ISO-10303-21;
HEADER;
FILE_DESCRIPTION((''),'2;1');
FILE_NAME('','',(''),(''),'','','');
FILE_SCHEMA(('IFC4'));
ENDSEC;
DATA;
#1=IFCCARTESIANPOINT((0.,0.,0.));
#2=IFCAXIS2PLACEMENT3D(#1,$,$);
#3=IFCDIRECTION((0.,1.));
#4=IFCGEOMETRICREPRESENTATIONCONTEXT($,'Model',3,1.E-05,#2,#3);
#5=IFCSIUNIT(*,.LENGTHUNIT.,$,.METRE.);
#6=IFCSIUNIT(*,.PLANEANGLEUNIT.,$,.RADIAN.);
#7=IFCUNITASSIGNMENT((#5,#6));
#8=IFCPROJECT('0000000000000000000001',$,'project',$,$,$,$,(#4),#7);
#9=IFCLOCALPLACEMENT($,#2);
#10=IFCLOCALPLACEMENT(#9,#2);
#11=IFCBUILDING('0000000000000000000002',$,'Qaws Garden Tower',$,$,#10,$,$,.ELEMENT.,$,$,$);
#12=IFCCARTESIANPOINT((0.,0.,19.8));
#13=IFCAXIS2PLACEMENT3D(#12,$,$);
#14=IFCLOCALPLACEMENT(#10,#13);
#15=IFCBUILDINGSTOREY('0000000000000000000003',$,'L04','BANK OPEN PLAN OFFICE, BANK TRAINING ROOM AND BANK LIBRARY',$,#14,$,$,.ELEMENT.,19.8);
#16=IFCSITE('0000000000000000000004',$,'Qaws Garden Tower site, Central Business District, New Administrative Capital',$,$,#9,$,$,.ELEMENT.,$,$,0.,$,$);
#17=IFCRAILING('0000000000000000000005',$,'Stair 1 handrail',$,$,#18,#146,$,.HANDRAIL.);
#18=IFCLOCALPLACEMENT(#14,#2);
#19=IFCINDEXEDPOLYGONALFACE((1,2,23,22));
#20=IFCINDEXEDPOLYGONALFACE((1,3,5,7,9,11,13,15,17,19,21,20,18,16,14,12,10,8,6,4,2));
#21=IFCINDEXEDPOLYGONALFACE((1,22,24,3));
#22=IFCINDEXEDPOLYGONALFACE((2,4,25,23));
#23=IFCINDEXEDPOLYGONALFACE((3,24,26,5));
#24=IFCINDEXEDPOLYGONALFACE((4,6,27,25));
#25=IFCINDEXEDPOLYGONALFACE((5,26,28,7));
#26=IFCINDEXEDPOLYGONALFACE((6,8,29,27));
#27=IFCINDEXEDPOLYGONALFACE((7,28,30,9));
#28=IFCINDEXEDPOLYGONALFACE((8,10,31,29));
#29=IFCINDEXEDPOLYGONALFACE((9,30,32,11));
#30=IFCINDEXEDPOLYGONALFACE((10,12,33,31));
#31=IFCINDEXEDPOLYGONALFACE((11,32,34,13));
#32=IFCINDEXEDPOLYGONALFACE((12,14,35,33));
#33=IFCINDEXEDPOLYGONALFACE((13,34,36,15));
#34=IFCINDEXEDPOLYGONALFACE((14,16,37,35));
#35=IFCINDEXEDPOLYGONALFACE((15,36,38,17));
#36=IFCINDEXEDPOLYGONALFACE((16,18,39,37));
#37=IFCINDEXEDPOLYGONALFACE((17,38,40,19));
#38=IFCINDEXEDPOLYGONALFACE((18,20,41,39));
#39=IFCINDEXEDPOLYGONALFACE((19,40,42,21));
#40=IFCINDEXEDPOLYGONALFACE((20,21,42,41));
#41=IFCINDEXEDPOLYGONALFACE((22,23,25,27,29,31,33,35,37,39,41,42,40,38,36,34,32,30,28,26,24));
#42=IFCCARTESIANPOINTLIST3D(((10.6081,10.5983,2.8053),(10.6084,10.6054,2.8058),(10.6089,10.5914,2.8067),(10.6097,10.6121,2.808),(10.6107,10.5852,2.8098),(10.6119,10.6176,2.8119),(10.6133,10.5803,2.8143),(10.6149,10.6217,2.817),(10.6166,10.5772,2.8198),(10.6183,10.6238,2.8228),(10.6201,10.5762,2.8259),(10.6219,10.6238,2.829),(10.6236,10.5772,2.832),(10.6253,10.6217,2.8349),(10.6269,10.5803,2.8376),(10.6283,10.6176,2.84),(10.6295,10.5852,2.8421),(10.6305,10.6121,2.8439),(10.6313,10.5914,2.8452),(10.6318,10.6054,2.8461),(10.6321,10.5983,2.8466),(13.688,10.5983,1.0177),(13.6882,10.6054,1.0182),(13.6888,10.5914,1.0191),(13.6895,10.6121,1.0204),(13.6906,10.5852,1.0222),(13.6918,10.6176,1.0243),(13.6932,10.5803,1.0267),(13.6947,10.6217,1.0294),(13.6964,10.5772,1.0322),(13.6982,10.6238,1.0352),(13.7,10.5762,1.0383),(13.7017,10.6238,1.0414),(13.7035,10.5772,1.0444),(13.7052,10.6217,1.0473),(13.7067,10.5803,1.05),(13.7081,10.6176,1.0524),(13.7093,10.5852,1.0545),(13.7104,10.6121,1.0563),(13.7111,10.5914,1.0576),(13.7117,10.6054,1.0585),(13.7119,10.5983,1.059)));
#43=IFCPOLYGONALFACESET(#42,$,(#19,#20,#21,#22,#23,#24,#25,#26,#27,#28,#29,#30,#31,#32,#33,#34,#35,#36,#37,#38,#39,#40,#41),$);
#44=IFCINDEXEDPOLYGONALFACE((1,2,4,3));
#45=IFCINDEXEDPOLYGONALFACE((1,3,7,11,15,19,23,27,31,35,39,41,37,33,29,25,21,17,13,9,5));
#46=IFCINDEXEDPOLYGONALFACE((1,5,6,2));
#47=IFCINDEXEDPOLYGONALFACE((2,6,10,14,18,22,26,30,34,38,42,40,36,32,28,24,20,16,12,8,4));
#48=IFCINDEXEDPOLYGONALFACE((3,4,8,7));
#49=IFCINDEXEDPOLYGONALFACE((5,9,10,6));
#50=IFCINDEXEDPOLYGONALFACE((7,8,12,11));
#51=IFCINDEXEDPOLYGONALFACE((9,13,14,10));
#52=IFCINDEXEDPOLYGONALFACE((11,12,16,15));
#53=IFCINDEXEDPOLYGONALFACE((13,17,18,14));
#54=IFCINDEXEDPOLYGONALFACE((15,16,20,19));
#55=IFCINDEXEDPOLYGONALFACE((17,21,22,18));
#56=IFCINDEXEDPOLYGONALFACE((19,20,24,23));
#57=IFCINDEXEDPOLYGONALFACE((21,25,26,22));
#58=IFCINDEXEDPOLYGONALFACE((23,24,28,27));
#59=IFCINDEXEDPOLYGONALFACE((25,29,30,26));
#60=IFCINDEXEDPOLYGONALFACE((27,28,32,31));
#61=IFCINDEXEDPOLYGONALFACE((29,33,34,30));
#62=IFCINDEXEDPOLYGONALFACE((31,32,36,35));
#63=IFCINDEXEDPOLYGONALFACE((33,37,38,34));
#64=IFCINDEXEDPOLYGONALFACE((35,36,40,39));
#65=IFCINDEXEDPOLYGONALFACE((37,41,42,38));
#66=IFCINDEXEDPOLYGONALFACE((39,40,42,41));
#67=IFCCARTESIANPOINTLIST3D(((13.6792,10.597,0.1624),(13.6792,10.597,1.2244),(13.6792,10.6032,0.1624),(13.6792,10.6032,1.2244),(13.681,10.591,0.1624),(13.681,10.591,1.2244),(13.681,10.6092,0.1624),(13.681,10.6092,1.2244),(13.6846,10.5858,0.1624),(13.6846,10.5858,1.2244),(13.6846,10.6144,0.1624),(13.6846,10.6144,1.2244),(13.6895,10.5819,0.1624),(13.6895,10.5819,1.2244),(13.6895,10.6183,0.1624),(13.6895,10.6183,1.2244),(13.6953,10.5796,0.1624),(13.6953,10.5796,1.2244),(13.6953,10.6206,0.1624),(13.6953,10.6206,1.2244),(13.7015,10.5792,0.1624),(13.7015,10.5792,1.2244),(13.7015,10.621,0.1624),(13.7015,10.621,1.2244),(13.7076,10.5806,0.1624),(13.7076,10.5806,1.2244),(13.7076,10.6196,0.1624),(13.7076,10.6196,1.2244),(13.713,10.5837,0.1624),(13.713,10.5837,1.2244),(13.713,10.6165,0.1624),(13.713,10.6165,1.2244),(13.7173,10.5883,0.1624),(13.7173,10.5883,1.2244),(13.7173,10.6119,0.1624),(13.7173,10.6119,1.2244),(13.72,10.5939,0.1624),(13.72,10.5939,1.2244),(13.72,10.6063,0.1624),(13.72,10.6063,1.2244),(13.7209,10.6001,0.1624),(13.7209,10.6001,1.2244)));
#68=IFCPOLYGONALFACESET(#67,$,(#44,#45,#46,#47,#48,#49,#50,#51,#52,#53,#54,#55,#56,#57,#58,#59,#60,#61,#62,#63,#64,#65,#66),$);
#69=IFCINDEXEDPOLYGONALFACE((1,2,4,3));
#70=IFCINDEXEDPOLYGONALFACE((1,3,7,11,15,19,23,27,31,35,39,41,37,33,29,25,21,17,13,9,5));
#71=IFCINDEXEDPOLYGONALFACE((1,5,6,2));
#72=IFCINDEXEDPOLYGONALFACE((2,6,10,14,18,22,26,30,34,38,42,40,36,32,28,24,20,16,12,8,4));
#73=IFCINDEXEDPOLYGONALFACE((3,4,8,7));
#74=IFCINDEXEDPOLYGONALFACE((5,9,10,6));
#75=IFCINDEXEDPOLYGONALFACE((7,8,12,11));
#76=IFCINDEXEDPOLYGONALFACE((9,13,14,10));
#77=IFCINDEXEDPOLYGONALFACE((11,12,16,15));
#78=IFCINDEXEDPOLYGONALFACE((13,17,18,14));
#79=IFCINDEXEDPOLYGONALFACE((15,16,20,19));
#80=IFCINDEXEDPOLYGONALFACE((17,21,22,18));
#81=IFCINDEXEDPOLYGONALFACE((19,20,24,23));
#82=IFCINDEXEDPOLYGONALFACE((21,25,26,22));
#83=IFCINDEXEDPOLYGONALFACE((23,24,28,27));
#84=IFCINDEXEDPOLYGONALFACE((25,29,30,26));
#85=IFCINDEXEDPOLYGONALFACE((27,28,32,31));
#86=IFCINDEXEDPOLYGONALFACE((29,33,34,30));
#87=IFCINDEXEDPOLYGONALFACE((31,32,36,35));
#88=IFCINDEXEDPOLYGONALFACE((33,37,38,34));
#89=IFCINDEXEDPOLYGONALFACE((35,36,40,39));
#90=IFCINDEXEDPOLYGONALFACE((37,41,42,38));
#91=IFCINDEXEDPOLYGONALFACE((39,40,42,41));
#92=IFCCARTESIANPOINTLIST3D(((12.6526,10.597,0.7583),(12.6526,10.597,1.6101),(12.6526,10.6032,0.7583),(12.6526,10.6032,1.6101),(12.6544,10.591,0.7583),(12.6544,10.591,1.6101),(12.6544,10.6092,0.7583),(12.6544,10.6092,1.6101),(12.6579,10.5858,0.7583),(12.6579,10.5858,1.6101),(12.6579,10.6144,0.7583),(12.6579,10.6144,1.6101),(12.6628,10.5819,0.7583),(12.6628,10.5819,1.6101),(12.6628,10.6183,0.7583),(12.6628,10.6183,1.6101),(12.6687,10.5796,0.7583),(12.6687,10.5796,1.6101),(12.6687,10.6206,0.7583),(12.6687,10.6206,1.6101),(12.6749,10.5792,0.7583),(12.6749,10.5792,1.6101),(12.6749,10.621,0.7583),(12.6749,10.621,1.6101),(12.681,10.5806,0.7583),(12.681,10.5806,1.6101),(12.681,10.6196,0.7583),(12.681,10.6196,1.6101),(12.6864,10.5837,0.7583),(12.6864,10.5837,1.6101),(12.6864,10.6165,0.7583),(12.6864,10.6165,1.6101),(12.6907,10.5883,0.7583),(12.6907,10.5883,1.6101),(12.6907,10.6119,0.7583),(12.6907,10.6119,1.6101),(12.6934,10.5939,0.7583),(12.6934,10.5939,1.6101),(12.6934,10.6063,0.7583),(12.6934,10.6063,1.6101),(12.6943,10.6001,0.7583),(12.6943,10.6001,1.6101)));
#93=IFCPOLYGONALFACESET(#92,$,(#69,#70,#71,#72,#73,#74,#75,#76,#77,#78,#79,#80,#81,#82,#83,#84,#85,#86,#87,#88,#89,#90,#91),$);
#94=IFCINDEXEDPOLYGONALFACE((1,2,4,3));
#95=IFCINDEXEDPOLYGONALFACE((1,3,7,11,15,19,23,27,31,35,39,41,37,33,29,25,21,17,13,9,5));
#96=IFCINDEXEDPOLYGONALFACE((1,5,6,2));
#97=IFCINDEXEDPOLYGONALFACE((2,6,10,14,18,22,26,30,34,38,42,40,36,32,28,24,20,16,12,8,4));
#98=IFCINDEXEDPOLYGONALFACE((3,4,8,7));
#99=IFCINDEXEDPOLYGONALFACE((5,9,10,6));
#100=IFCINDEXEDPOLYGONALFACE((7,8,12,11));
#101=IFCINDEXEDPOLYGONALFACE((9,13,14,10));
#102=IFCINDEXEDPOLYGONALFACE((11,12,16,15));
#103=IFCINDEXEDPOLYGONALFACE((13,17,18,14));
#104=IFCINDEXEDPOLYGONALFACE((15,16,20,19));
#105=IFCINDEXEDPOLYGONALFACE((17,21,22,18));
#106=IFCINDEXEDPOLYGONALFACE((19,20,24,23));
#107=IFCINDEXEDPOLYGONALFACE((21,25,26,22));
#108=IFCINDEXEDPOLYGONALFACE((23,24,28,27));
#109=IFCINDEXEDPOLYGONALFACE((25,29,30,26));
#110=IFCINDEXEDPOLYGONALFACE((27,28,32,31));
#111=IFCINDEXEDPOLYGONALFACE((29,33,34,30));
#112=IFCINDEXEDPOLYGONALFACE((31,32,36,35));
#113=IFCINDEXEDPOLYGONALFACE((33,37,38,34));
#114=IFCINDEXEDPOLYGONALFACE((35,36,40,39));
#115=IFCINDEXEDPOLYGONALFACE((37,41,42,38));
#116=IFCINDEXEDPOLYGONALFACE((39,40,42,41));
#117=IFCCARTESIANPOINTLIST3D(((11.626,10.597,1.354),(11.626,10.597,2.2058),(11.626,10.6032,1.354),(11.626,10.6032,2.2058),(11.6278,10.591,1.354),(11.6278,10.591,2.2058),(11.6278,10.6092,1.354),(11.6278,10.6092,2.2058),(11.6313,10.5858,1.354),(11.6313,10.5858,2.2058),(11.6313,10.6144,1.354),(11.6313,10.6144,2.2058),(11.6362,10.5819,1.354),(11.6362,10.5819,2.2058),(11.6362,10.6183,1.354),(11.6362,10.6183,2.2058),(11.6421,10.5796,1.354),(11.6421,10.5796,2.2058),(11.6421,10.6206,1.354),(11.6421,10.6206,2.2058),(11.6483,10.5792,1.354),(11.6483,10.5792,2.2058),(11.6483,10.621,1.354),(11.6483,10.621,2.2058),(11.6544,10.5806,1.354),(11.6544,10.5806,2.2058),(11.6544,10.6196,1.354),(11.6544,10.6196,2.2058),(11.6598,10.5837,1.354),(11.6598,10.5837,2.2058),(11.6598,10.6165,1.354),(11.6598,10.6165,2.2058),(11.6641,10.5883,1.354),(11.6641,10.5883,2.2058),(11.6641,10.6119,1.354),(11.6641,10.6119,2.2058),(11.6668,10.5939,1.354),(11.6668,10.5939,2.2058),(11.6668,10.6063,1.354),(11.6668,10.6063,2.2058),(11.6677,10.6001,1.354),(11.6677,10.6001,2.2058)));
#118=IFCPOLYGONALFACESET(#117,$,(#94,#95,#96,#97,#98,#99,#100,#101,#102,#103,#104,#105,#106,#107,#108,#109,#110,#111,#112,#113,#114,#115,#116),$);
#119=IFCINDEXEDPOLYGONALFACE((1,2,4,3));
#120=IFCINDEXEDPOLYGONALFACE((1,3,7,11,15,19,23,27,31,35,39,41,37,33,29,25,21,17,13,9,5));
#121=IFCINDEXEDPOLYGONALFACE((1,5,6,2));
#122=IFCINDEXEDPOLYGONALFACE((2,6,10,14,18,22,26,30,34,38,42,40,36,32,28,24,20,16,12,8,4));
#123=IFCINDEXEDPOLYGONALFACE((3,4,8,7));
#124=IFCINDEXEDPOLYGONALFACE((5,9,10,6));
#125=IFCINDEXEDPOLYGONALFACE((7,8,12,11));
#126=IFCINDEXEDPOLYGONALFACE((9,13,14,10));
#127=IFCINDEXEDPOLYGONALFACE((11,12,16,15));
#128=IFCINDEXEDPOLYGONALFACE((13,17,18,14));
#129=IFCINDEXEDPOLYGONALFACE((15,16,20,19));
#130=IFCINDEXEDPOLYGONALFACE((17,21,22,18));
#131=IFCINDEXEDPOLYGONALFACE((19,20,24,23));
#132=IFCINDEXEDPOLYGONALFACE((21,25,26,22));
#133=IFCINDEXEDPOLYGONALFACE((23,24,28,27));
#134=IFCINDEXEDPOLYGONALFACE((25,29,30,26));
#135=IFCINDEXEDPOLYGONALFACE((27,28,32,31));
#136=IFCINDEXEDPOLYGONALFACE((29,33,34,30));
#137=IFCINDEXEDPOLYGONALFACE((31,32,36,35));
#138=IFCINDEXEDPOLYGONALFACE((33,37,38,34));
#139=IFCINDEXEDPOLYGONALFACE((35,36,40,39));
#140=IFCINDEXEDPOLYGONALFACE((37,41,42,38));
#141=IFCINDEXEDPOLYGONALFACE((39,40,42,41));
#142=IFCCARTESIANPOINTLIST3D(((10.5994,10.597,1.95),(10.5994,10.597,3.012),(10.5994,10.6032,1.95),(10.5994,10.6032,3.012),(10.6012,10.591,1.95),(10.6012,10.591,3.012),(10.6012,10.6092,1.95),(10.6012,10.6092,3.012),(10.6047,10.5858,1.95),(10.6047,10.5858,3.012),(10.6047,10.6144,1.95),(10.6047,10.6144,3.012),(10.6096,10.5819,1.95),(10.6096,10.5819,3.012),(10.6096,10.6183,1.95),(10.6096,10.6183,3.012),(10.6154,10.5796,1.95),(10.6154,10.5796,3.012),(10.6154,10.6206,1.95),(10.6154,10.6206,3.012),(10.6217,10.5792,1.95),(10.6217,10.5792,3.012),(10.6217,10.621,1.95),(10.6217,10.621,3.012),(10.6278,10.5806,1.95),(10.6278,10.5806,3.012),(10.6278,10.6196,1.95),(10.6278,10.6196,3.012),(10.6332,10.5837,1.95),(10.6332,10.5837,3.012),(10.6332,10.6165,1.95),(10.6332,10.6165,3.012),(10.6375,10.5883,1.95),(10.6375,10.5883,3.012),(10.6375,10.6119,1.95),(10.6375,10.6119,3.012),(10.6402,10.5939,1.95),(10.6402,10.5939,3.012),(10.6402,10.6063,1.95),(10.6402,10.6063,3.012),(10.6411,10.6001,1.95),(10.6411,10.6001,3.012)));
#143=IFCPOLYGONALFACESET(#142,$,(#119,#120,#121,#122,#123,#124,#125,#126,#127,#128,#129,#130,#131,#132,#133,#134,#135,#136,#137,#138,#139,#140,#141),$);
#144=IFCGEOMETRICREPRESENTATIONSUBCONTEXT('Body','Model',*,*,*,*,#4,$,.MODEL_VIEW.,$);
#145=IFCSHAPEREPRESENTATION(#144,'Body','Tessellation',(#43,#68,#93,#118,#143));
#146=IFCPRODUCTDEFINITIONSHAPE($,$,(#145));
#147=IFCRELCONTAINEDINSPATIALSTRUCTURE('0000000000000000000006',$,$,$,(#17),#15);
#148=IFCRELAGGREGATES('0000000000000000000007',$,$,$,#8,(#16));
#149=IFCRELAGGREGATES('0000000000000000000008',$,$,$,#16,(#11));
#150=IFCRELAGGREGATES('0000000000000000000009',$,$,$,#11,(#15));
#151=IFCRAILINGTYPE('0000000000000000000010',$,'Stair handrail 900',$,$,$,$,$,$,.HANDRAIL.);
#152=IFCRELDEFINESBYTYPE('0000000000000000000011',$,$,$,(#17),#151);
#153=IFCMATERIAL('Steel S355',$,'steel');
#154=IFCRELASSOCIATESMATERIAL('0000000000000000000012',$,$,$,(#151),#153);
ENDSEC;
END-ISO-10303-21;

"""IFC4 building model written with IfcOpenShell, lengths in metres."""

from ifc_helpers import new_model, si_unit, direction, frame, origin, origin_2d, place, context, subcontext, project, spatial, circle, extrude, material, type_object, element, save


model = new_model("IFC4")

# Units and contexts
model_context = context("Model", 3, precision=1e-05, world=origin(), true_north=direction((0.0, 1.0)))
body_context = subcontext(model_context, "Body", "Model", "MODEL_VIEW")
ifc_project = project(units=[si_unit("LENGTHUNIT", "METRE"), si_unit("PLANEANGLEUNIT", "RADIAN")], contexts=[model_context])

# Site, building, storey
site_placement = place(None, origin())
site = spatial("IfcSite", under=ifc_project, at=site_placement, Name="Qaws Garden Tower site, Central Business District, New Administrative Capital", CompositionType="ELEMENT", RefElevation=0.0)
building_placement = place(site_placement, origin())
building = spatial("IfcBuilding", under=site, at=building_placement, Name="Qaws Garden Tower", CompositionType="ELEMENT")
storey_placement = place(building_placement, frame((0.0, 0.0, 19.8)))
storey = spatial("IfcBuildingStorey", under=building, at=storey_placement, Name="L04", Description="BANK OPEN PLAN OFFICE, BANK TRAINING ROOM AND BANK LIBRARY", CompositionType="ELEMENT", Elevation=19.8)

# Railing
ifc_material_1 = material(Name="Steel S355", Category="steel")
railing_type = type_object("IfcRailingType", Name="Stair handrail 900", PredefinedType="HANDRAIL", material=ifc_material_1)
railing_placement = place(storey_placement, frame((13.7, 10.6001, 0.1624)))
element("IfcRailing", 1, at=railing_placement, inside=storey, type_object=railing_type, Name="Stair 1 handrail", PredefinedType="HANDRAIL", context=body_context, shape_type="SweptSolid", body=[
    extrude(circle(Radius=0.0239, at=origin_2d()), frame((0.0, 0.0, 0.876), z_axis=(-0.864873, 0.0, 0.50199), x_axis=(0.0, -1.0, 0.0)), (0.0, 0.0, 1.0), 3.561),
    extrude(circle(Radius=0.021, at=origin_2d()), origin(), (0.0, 0.0, 1.0), 1.062),
    extrude(circle(Radius=0.021, at=origin_2d()), frame((-1.0266, 0.0, 0.5959)), (0.0, 0.0, 1.0), 0.8518),
    extrude(circle(Radius=0.021, at=origin_2d()), frame((-2.0532, 0.0, 1.1917)), (0.0, 0.0, 1.0), 0.8518),
    extrude(circle(Radius=0.021, at=origin_2d()), frame((-3.0798, 0.0, 1.7876)), (0.0, 0.0, 1.0), 1.062),
])

save(model, "model.ifc")
